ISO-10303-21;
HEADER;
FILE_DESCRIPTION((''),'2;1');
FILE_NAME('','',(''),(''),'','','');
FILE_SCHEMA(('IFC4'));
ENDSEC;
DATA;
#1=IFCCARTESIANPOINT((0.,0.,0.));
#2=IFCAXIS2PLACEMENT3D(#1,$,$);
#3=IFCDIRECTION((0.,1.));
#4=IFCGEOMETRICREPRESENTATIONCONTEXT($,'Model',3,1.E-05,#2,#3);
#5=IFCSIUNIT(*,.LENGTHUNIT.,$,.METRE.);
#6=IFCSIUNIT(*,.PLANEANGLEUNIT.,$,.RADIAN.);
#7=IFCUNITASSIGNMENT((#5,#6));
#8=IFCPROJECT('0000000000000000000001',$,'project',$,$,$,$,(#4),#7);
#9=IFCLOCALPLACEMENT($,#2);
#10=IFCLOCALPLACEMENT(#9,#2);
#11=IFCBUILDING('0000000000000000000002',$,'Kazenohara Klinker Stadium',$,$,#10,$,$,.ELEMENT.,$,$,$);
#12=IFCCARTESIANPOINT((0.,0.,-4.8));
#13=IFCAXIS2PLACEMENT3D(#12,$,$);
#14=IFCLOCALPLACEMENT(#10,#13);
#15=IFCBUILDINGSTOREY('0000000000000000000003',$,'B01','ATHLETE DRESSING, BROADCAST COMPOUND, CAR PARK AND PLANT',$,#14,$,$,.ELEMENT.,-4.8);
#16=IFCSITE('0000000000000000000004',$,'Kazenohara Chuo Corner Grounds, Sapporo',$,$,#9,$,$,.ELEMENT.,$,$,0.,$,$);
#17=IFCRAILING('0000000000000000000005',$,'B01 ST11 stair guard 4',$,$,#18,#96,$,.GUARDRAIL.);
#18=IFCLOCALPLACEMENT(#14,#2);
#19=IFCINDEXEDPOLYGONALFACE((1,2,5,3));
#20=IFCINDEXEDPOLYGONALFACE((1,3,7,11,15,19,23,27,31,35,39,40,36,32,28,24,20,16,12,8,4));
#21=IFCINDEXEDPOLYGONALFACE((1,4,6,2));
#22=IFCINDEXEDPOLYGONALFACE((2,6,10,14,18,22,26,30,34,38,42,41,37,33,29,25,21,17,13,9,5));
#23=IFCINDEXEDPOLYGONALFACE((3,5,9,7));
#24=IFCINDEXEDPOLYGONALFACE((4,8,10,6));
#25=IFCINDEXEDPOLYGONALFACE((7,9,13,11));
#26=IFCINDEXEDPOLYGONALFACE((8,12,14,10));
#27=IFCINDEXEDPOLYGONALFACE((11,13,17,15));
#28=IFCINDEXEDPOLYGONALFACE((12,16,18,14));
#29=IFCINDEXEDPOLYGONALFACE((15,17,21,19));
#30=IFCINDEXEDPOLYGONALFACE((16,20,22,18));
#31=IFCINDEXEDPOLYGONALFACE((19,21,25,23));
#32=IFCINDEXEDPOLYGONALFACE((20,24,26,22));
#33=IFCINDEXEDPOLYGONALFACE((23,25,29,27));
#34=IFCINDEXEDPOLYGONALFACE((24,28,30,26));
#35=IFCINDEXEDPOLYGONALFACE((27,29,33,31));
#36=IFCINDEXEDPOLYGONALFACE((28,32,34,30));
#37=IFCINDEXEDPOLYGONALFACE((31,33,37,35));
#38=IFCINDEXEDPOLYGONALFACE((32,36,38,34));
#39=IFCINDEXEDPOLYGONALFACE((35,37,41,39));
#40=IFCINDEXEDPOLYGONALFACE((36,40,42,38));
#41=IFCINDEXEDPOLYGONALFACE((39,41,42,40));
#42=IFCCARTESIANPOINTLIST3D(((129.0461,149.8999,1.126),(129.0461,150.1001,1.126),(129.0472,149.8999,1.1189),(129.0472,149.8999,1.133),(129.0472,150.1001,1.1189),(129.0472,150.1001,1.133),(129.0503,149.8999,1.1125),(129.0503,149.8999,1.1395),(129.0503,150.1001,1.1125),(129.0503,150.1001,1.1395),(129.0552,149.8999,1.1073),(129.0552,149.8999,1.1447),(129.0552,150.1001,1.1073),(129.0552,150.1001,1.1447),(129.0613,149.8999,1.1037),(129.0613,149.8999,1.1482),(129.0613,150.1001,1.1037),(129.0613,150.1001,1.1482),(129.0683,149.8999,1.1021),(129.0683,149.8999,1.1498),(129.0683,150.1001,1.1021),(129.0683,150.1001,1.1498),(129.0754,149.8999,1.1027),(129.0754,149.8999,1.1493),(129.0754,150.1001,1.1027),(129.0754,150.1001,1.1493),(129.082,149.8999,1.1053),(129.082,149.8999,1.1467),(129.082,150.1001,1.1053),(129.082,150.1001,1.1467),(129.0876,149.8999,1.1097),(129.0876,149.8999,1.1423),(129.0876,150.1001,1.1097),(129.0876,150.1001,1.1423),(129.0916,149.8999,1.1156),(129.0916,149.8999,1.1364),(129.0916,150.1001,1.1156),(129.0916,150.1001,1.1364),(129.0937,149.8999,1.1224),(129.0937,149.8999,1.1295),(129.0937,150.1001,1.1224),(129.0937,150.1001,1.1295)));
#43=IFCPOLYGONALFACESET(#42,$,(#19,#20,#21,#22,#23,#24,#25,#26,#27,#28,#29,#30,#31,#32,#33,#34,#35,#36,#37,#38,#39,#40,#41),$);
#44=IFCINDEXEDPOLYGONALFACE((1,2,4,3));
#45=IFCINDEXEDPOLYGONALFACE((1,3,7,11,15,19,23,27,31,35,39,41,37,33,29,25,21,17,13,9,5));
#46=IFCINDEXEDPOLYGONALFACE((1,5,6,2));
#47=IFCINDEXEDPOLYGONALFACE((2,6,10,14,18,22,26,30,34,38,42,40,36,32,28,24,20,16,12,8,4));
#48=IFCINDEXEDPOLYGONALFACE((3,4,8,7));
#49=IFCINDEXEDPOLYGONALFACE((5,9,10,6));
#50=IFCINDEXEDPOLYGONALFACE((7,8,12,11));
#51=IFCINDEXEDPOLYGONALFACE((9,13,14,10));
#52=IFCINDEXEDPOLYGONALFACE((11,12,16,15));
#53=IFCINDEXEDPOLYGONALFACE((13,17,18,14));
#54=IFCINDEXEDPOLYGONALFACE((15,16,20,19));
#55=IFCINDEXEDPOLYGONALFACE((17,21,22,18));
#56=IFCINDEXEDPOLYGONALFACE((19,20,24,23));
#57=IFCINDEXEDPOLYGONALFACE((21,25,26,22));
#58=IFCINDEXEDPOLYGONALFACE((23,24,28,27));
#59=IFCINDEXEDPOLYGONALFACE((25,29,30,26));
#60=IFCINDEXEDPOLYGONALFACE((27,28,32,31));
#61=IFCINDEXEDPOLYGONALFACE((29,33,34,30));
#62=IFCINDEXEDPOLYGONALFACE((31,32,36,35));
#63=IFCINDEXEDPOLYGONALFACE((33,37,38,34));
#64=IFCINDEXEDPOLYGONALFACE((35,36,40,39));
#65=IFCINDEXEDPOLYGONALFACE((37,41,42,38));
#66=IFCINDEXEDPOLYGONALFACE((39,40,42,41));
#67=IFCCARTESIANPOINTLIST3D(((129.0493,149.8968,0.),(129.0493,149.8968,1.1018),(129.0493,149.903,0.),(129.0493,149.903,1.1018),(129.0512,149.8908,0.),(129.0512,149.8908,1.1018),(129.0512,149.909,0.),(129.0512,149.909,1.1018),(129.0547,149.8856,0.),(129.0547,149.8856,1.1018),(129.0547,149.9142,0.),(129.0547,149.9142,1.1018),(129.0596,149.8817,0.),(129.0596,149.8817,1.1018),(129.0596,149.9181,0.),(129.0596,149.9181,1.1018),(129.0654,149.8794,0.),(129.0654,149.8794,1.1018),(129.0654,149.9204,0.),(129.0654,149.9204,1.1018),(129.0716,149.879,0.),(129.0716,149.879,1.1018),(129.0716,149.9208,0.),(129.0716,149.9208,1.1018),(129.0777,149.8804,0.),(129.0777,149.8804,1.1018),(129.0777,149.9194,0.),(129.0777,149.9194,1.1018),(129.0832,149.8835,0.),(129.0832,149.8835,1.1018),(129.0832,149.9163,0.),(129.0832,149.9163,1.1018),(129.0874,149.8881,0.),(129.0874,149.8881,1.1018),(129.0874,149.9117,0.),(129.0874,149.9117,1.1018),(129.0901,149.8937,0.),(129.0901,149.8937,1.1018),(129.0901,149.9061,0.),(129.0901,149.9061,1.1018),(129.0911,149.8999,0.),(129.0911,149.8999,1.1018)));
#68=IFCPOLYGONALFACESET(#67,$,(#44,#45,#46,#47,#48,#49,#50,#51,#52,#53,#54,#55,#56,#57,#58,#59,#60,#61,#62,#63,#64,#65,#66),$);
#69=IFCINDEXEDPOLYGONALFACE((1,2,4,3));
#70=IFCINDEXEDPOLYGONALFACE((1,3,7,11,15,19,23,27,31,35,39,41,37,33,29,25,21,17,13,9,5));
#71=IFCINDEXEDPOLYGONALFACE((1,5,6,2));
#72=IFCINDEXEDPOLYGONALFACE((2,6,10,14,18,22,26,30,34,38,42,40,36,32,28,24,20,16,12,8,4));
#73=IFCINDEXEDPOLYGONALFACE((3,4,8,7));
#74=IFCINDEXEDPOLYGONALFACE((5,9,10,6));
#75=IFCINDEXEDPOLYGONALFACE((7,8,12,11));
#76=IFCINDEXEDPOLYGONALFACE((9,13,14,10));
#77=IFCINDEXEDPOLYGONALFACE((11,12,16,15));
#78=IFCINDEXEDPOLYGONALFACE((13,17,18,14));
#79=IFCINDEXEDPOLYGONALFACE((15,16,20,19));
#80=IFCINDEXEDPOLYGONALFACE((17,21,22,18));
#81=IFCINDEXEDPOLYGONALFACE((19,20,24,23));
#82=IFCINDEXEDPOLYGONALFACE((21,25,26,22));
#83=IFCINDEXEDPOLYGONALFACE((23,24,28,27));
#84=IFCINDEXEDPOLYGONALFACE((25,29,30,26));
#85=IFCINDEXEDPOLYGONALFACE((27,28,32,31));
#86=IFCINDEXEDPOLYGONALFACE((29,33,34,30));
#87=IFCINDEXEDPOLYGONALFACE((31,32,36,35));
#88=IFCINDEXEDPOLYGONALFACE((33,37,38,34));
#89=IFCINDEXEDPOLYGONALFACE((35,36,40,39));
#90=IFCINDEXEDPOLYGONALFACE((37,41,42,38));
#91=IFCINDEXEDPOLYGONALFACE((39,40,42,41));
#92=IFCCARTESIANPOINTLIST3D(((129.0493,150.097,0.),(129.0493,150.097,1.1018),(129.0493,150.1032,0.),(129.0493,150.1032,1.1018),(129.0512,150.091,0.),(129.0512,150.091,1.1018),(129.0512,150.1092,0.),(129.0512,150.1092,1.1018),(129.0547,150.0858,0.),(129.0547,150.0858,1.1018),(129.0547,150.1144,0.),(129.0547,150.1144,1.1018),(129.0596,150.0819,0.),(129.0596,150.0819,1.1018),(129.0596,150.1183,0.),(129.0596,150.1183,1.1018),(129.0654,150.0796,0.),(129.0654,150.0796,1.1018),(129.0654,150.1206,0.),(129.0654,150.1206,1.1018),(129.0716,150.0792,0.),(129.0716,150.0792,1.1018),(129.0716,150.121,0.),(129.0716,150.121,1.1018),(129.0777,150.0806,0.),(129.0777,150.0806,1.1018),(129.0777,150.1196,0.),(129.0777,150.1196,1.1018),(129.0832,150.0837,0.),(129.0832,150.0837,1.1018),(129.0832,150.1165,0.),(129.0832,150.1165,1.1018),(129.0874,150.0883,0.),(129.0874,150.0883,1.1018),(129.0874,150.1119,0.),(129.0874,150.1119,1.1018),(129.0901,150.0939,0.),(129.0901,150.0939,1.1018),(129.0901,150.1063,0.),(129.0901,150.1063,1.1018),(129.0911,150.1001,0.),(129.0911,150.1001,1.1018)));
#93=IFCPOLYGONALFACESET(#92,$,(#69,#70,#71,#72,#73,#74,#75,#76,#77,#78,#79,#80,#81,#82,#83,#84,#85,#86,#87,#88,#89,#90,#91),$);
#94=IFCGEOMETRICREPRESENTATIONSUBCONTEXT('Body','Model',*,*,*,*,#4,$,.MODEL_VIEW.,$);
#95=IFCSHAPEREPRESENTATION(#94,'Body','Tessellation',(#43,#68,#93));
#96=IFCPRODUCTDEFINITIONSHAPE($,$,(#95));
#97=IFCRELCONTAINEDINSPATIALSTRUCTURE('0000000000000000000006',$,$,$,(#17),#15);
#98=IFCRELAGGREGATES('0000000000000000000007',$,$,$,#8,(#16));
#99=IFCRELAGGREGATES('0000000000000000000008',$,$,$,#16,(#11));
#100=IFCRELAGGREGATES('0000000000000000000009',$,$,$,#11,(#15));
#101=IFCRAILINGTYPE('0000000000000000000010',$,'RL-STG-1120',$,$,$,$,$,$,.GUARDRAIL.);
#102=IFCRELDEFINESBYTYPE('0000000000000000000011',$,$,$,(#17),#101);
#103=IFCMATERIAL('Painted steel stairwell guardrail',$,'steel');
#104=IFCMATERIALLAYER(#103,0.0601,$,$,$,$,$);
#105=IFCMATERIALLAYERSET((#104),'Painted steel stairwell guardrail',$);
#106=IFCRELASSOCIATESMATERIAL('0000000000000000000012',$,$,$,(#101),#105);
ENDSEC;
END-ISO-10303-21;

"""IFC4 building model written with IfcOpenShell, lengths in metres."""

from ifc_helpers import new_model, si_unit, direction, frame, origin, origin_2d, place, context, subcontext, project, spatial, circle, extrude, material, layer, layer_set, type_object, element, save


model = new_model("IFC4")

# Units and contexts
model_context = context("Model", 3, precision=1e-05, world=origin(), true_north=direction((0.0, 1.0)))
body_context = subcontext(model_context, "Body", "Model", "MODEL_VIEW")
ifc_project = project(units=[si_unit("LENGTHUNIT", "METRE"), si_unit("PLANEANGLEUNIT", "RADIAN")], contexts=[model_context])

# Site, building, storey
site_placement = place(None, origin())
site = spatial("IfcSite", under=ifc_project, at=site_placement, Name="Kazenohara Chuo Corner Grounds, Sapporo", CompositionType="ELEMENT", RefElevation=0.0)
building_placement = place(site_placement, origin())
building = spatial("IfcBuilding", under=site, at=building_placement, Name="Kazenohara Klinker Stadium", CompositionType="ELEMENT")
storey_placement = place(building_placement, frame((0.0, 0.0, -4.8)))
storey = spatial("IfcBuildingStorey", under=building, at=storey_placement, Name="B01", Description="ATHLETE DRESSING, BROADCAST COMPOUND, CAR PARK AND PLANT", CompositionType="ELEMENT", Elevation=-4.8)

# Railing
ifc_material_1 = material(Name="Painted steel stairwell guardrail", Category="steel")
ifc_layer_1 = layer(ifc_material_1, 0.0601)
ifc_layer_set_1 = layer_set([ifc_layer_1], Name="Painted steel stairwell guardrail")
railing_type_1 = type_object("IfcRailingType", Name="RL-STG-1120", PredefinedType="GUARDRAIL", material=ifc_layer_set_1)
railing_1_placement = place(storey_placement, frame((129.0701, 149.8999, 0.0)))
element("IfcRailing", 1, at=railing_1_placement, inside=storey, type_object=railing_type_1, Name="B01 ST11 stair guard 4", PredefinedType="GUARDRAIL", context=body_context, shape_type="SweptSolid", body=[
    extrude(circle(Radius=0.0239, at=origin_2d()), frame((0.0, 0.0, 1.126), z_axis=(0.0, 1.0, 0.0), x_axis=(-1.0, 0.0, 0.0)), (0.0, 0.0, 1.0), 0.2002),
    extrude(circle(Radius=0.021, at=origin_2d()), origin(), (0.0, 0.0, 1.0), 1.1018),
    extrude(circle(Radius=0.021, at=origin_2d()), frame((0.0, 0.2002, 0.0)), (0.0, 0.0, 1.0), 1.1018),
])

save(model, "model.ifc")
